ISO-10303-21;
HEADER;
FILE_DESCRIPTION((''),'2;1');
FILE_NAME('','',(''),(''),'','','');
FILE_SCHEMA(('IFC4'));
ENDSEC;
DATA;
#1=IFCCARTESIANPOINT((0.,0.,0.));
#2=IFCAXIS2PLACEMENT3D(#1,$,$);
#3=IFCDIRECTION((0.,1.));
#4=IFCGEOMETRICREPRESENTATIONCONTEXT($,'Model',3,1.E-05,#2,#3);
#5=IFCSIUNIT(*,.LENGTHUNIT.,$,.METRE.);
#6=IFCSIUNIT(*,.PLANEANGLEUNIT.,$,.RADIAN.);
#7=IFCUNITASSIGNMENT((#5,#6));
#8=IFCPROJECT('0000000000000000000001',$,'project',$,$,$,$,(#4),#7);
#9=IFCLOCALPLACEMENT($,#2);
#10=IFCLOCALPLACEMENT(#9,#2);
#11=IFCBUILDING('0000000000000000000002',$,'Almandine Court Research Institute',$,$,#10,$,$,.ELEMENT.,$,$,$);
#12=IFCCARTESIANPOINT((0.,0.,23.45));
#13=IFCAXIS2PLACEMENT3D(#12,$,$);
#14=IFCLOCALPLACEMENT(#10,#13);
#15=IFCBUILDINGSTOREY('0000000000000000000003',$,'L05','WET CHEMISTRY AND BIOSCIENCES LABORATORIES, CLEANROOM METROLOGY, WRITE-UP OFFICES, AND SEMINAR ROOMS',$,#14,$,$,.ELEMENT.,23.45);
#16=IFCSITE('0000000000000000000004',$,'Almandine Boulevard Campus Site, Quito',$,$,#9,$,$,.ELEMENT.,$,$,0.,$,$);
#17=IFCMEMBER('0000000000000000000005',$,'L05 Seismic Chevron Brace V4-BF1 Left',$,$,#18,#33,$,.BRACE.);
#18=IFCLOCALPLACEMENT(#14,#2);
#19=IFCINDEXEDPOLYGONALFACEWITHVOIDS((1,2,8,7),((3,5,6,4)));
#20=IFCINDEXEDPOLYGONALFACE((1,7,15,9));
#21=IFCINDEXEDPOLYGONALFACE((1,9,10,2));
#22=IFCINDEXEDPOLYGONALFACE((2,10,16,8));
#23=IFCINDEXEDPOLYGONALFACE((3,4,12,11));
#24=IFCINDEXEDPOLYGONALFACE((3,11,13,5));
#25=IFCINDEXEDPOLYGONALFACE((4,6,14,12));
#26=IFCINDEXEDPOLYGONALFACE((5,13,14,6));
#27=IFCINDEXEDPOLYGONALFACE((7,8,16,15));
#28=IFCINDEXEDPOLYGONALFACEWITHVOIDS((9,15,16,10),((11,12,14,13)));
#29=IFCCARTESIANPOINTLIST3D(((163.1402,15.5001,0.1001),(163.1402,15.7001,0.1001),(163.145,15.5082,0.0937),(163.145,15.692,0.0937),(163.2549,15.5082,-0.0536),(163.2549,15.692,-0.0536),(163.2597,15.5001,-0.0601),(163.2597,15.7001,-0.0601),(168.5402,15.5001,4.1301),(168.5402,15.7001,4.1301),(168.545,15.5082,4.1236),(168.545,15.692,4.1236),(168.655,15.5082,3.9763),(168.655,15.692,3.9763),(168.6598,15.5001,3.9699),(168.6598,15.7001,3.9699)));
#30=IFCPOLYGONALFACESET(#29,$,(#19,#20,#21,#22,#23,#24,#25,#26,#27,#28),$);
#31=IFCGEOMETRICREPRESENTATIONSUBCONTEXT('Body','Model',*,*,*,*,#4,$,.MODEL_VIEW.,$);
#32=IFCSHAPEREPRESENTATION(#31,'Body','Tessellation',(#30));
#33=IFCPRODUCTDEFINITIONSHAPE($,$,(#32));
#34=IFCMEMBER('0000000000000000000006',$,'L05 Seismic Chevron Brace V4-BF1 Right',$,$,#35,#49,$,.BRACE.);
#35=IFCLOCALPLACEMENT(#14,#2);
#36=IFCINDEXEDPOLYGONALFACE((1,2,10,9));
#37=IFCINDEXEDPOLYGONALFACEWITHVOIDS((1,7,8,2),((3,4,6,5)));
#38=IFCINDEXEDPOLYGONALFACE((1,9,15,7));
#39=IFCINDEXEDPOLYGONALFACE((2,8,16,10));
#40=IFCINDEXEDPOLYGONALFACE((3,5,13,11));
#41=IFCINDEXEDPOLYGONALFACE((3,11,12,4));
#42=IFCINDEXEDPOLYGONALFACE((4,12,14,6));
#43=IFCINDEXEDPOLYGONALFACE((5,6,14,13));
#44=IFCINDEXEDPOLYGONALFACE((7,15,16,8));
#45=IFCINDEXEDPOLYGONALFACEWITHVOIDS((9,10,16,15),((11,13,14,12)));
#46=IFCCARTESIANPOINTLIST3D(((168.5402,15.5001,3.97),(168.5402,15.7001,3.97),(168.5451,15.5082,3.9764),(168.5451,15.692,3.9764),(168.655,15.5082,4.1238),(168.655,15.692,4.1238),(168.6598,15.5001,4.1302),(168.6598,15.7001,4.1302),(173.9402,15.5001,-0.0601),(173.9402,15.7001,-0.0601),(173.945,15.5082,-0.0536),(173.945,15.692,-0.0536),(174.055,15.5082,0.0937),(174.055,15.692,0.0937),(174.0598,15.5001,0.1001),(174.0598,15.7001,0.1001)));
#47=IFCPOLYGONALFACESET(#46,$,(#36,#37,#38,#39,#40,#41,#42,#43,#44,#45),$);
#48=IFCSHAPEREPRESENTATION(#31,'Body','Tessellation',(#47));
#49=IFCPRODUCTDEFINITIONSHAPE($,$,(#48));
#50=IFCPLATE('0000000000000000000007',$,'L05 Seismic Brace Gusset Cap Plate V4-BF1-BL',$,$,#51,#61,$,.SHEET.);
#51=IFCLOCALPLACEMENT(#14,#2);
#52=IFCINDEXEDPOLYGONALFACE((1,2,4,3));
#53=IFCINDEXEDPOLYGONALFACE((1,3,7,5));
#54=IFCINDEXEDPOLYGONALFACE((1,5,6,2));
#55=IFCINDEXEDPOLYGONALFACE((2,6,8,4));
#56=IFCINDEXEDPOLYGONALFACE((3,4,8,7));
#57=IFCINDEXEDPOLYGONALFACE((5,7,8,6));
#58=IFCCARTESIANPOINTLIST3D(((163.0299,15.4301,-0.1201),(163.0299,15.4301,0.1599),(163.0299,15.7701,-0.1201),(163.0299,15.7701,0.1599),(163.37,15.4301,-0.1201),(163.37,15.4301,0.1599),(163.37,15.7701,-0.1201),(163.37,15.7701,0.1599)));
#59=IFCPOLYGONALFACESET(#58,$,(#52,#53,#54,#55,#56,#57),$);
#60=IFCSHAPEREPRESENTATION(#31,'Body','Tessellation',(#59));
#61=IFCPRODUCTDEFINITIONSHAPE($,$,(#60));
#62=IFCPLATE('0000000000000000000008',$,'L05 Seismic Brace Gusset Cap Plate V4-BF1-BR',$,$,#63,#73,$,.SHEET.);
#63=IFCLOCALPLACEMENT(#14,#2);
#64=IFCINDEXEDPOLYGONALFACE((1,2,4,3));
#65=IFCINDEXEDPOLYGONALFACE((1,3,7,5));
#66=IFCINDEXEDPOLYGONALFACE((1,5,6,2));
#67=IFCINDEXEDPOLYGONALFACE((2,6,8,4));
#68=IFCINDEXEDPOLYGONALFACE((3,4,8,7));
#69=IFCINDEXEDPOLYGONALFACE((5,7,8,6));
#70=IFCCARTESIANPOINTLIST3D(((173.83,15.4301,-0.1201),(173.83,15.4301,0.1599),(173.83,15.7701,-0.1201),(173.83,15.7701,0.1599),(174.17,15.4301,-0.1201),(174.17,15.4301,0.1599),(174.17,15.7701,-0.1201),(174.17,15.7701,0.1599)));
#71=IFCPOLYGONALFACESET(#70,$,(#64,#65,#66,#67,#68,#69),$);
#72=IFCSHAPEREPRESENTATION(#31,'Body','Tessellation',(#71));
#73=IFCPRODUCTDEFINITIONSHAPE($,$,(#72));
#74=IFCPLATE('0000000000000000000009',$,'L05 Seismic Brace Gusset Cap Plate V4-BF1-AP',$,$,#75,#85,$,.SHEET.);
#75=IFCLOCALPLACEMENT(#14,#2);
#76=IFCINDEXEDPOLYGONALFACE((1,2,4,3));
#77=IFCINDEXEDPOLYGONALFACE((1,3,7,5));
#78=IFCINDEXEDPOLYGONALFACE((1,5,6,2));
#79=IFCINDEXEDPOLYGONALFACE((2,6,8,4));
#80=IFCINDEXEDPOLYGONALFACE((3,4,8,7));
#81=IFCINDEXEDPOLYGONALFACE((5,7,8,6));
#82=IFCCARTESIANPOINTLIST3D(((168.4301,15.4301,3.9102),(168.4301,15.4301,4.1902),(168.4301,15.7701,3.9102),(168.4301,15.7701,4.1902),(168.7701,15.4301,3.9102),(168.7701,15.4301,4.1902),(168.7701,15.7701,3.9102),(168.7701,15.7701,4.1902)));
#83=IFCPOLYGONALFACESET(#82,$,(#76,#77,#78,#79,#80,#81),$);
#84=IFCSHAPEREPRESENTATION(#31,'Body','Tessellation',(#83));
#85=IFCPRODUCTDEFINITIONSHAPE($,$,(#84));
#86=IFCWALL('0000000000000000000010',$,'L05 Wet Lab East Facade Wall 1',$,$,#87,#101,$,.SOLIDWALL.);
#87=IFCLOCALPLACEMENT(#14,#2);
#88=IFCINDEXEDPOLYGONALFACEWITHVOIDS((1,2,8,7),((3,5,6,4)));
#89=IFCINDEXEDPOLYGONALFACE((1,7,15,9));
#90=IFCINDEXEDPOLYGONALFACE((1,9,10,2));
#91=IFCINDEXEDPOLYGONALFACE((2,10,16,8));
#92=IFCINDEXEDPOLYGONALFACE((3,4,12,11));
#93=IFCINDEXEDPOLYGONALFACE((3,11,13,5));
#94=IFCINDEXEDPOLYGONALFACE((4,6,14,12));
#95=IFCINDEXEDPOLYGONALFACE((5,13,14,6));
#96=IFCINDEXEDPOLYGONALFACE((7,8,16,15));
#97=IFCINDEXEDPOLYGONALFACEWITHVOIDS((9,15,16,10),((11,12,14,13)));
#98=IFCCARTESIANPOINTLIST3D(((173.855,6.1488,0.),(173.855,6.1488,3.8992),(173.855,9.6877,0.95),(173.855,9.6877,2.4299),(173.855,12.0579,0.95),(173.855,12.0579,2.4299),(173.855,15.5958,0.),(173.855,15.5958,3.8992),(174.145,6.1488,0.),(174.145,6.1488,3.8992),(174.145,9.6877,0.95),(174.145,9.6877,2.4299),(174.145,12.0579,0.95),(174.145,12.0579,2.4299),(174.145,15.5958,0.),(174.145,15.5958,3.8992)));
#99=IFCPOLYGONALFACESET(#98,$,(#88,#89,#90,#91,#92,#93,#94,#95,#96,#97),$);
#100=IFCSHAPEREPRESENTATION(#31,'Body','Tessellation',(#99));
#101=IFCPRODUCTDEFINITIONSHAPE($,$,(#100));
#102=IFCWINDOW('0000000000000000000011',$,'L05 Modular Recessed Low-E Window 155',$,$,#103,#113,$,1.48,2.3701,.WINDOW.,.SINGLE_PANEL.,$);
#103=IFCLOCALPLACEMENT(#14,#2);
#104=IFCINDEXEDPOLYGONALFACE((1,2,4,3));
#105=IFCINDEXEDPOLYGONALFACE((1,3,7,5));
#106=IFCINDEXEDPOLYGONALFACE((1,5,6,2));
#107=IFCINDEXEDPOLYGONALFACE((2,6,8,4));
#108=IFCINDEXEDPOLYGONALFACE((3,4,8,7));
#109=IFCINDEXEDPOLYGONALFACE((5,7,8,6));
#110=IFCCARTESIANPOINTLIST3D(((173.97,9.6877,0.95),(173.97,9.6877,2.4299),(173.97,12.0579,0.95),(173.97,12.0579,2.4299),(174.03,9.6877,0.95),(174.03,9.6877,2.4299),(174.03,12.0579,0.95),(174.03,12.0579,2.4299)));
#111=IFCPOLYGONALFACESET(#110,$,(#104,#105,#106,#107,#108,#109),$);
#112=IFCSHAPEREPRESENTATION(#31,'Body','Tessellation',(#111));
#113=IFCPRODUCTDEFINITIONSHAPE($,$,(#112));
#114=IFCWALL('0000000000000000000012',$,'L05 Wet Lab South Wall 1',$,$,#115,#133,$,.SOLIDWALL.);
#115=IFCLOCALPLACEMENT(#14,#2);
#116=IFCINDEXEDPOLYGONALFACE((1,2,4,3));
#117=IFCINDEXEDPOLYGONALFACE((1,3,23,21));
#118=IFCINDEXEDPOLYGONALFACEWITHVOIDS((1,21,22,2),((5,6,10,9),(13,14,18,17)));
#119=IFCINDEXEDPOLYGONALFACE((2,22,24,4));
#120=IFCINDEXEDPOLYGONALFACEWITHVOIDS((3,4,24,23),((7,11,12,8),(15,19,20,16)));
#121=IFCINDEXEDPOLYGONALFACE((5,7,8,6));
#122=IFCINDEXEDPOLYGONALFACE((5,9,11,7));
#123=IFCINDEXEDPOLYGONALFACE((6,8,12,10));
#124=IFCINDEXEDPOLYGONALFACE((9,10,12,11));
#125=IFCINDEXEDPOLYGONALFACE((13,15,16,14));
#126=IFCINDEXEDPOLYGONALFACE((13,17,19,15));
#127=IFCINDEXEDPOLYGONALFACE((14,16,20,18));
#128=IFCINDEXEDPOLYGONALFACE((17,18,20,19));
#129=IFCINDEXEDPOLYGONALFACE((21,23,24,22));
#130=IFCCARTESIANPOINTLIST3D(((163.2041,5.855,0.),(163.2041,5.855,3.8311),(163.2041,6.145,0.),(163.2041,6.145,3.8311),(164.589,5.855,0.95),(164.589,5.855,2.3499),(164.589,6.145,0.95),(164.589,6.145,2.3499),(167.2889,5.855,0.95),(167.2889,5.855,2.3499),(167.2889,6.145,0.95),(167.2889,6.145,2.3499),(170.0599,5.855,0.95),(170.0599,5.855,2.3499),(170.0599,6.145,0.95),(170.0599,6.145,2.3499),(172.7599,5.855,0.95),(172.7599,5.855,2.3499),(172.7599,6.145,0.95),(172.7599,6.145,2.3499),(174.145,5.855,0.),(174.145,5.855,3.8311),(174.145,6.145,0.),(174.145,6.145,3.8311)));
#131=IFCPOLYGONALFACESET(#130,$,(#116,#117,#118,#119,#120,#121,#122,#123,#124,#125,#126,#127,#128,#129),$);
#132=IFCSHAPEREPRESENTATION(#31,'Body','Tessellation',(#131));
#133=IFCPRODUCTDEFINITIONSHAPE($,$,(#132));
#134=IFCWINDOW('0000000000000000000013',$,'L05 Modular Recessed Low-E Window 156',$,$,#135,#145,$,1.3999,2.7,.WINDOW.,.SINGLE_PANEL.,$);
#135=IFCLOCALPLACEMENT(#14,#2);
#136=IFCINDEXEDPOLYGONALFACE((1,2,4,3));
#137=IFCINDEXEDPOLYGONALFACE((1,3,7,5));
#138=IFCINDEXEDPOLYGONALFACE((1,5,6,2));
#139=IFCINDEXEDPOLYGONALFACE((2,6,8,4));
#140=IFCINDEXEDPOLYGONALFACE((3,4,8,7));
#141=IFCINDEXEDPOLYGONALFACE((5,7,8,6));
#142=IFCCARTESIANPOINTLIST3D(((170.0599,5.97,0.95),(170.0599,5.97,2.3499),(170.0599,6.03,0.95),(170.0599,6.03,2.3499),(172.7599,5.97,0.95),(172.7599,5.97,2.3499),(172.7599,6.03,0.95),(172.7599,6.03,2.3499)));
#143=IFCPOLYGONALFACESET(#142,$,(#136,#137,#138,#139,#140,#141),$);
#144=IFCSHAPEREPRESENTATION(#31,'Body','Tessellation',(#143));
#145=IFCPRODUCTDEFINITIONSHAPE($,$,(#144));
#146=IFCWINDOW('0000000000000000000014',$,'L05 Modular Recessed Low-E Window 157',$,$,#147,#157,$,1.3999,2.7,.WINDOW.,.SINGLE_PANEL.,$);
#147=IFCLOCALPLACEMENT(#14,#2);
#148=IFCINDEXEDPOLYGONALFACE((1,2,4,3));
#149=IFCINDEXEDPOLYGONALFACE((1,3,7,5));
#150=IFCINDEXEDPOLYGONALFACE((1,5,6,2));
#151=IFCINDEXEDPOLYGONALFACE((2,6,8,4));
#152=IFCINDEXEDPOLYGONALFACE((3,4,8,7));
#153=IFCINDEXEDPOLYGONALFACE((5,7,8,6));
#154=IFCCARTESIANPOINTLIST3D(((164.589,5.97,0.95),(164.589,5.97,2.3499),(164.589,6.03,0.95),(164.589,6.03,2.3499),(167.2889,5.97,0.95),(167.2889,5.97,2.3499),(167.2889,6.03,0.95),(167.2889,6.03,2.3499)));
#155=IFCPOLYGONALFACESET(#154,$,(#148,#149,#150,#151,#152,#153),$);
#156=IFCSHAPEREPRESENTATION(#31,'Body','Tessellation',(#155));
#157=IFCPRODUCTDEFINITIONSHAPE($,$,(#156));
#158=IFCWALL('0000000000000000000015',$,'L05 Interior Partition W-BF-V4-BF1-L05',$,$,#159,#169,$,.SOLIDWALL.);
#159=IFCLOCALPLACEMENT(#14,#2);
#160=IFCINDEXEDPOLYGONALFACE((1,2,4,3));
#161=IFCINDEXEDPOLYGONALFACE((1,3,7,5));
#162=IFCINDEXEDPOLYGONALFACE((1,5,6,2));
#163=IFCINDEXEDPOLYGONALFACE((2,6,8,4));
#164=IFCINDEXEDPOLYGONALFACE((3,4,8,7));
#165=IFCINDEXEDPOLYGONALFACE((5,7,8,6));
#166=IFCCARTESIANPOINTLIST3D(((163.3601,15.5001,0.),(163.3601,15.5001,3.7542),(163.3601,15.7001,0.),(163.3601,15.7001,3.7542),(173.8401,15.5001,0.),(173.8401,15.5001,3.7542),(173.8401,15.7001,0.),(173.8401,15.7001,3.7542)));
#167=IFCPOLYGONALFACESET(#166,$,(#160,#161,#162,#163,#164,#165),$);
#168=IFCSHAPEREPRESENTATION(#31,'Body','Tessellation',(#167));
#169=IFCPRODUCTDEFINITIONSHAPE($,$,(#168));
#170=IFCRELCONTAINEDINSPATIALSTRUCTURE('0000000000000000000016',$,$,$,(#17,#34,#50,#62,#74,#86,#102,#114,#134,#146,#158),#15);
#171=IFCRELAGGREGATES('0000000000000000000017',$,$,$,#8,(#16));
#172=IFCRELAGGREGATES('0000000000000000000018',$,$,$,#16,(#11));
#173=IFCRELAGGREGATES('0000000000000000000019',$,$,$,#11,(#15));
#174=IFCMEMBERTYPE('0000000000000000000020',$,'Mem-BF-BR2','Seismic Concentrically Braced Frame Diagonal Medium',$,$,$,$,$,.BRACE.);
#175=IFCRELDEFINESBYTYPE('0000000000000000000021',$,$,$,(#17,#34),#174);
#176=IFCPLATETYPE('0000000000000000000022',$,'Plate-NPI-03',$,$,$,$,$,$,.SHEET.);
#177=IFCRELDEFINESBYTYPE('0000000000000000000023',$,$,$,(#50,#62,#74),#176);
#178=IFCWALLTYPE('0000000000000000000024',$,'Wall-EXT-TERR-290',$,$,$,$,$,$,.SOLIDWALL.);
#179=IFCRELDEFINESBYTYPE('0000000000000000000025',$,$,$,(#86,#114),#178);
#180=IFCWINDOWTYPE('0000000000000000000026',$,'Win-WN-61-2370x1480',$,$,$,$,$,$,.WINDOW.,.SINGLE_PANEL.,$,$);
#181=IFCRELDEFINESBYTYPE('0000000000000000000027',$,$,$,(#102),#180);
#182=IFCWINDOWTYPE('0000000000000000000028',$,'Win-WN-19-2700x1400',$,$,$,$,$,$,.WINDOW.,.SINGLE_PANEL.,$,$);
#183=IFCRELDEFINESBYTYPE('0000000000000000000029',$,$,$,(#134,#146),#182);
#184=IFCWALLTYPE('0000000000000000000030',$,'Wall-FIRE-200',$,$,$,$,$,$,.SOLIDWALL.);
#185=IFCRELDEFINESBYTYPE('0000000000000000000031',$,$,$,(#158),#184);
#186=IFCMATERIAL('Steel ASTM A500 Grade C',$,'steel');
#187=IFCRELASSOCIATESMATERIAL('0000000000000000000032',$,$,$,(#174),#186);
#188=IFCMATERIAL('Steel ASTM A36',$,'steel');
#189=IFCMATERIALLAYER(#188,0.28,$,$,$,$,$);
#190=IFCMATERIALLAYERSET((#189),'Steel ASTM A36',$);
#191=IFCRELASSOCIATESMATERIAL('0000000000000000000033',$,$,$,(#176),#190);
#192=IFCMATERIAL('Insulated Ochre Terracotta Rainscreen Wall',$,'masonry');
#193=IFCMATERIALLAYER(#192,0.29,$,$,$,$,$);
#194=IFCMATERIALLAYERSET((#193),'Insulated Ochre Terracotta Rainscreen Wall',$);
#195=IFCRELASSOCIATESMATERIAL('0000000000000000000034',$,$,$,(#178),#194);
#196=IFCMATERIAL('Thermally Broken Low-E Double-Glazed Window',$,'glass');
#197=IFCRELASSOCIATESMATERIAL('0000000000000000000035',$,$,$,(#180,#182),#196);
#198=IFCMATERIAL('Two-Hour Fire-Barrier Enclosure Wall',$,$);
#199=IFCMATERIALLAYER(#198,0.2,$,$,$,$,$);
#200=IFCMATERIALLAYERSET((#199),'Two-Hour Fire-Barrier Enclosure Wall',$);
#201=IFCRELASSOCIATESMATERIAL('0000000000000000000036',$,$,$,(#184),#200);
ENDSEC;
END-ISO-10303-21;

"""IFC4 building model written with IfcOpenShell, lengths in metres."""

from ifc_helpers import new_model, si_unit, direction, frame, frame_2d, origin, origin_2d, place, context, subcontext, project, spatial, rectangle, hollow_rectangle, extrude, material, layer, layer_set, material_profile, profile_set, type_object, element, fill, save


model = new_model("IFC4")

# Units and contexts
model_context = context("Model", 3, precision=1e-05, world=origin(), true_north=direction((0.0, 1.0)))
body_context = subcontext(model_context, "Body", "Model", "MODEL_VIEW")
ifc_project = project(units=[si_unit("LENGTHUNIT", "METRE"), si_unit("PLANEANGLEUNIT", "RADIAN")], contexts=[model_context])

# Site, building, storey
site_placement = place(None, origin())
site = spatial("IfcSite", under=ifc_project, at=site_placement, Name="Almandine Boulevard Campus Site, Quito", CompositionType="ELEMENT", RefElevation=0.0)
building_placement = place(site_placement, origin())
building = spatial("IfcBuilding", under=site, at=building_placement, Name="Almandine Court Research Institute", CompositionType="ELEMENT")
storey_placement = place(building_placement, frame((0.0, 0.0, 23.45)))
storey = spatial("IfcBuildingStorey", under=building, at=storey_placement, Name="L05", Description="WET CHEMISTRY AND BIOSCIENCES LABORATORIES, CLEANROOM METROLOGY, WRITE-UP OFFICES, AND SEMINAR ROOMS", CompositionType="ELEMENT", Elevation=23.45)

# Members
ifc_material_1 = material(Name="Steel ASTM A500 Grade C", Category="steel")
ifc_material_profile_1 = material_profile(ifc_material_1, hollow_rectangle(XDim=0.2, YDim=0.2, WallThickness=0.0081, at=origin_2d()), Name="HSS 200x200x8")
ifc_profile_set_1 = profile_set([ifc_material_profile_1], Name="Steel ASTM A500 Grade C")
member_type = type_object("IfcMemberType", Name="Mem-BF-BR2", Description="Seismic Concentrically Braced Frame Diagonal Medium", PredefinedType="BRACE", material=ifc_profile_set_1)
for number, where, z_axis, x_axis, name in (
    (1, (163.2, 15.6001, 0.02), (0.801428, 0.0, 0.598091), (0.0, 1.0, 0.0), "L05 Seismic Chevron Brace V4-BF1 Left"),
    (2, (174.0, 15.6001, 0.02), (-0.801415, 0.0, 0.598108), (0.0, -1.0, 0.0), "L05 Seismic Chevron Brace V4-BF1 Right"),
):
    element("IfcMember", number, at=place(storey_placement, frame(where, z_axis=z_axis, x_axis=x_axis)), inside=storey, type_object=member_type, Name=name, PredefinedType="BRACE", context=body_context, shape_type="SweptSolid", body=[
        extrude(hollow_rectangle(XDim=0.2, YDim=0.2, WallThickness=0.0081, at=origin_2d()), origin(), (0.0, 0.0, 1.0), 6.738),
    ])

# Plates
ifc_material_2 = material(Name="Steel ASTM A36", Category="steel")
ifc_layer_1 = layer(ifc_material_2, 0.28)
ifc_layer_set_1 = layer_set([ifc_layer_1], Name="Steel ASTM A36")
plate_type = type_object("IfcPlateType", Name="Plate-NPI-03", PredefinedType="SHEET", material=ifc_layer_set_1)
for number, where, z_axis, x_axis, name in (
    (3, (163.2, 15.6001, -0.1201), (0.0, 0.0, 1.0), (1.0, 0.0, 0.0), "L05 Seismic Brace Gusset Cap Plate V4-BF1-BL"),
    (4, (174.0, 15.6001, -0.1201), (0.0, 0.0, 1.0), (1.0, 0.0, 0.0), "L05 Seismic Brace Gusset Cap Plate V4-BF1-BR"),
    (5, (168.6001, 15.6001, 3.9102), (0.0, 0.0, 1.0), (1.0, 0.0, 0.0), "L05 Seismic Brace Gusset Cap Plate V4-BF1-AP"),
):
    element("IfcPlate", number, at=place(storey_placement, frame(where, z_axis=z_axis, x_axis=x_axis)), inside=storey, type_object=plate_type, Name=name, PredefinedType="SHEET", context=body_context, shape_type="SweptSolid", body=[
        extrude(rectangle(XDim=0.3401, YDim=0.3401, at=origin_2d()), origin(), (0.0, 0.0, 1.0), 0.28),
    ])

# Wall, opening, window
ifc_material_3 = material(Name="Insulated Ochre Terracotta Rainscreen Wall", Category="masonry")
ifc_layer_2 = layer(ifc_material_3, 0.29)
ifc_layer_set_2 = layer_set([ifc_layer_2], Name="Insulated Ochre Terracotta Rainscreen Wall")
wall_type_1 = type_object("IfcWallType", Name="Wall-EXT-TERR-290", PredefinedType="SOLIDWALL", material=ifc_layer_set_2)
wall_1_placement = place(storey_placement, frame((174.0, 15.5959, 0.0), z_axis=(0.0, 0.0, 1.0), x_axis=(0.0, -1.0, 0.0)))
wall_1 = element("IfcWall", 6, at=wall_1_placement, inside=storey, type_object=wall_type_1, Name="L05 Wet Lab East Facade Wall 1", PredefinedType="SOLIDWALL", context=body_context, shape_type="SweptSolid", body=[
    extrude(rectangle(XDim=9.447, YDim=0.29, at=frame_2d((4.7236, 0.0))), origin(), (0.0, 0.0, 1.0), 3.8992),
])
opening_1_placement = place(wall_1_placement, frame((3.5381, 0.0, 0.95)))
opening_1 = element("IfcOpeningElement", 7, at=opening_1_placement, cuts=wall_1, PredefinedType="OPENING", context=body_context, shape_type="SweptSolid", body=[
    extrude(rectangle(XDim=2.3701, YDim=1.48, at=frame_2d((1.1851, 0.74))), frame((0.0, 0.155, 0.0), z_axis=(0.0, -1.0, 0.0), x_axis=(1.0, 0.0, 0.0)), (0.0, 0.0, 1.0), 0.3101),
])
ifc_material_4 = material(Name="Thermally Broken Low-E Double-Glazed Window", Category="glass")
window_type_1 = type_object("IfcWindowType", Name="Win-WN-61-2370x1480", PartitioningType="SINGLE_PANEL", PredefinedType="WINDOW", material=ifc_material_4)
window_1_placement = place(opening_1_placement, origin())
window_1 = element("IfcWindow", 8, at=window_1_placement, inside=storey, type_object=window_type_1, Name="L05 Modular Recessed Low-E Window 155", OverallHeight=1.48, OverallWidth=2.3701, PartitioningType="SINGLE_PANEL", PredefinedType="WINDOW", context=body_context, shape_type="SweptSolid", body=[
    extrude(rectangle(XDim=2.3701, YDim=1.48, at=frame_2d((1.1851, 0.74))), frame((0.0, 0.03, 0.0), z_axis=(0.0, -1.0, 0.0), x_axis=(1.0, 0.0, 0.0)), (0.0, 0.0, 1.0), 0.0601),
])
fill(opening_1, window_1)

# Wall, openings, windows
wall_2_placement = place(storey_placement, frame((174.145, 6.0, 0.0), z_axis=(0.0, 0.0, 1.0), x_axis=(-1.0, 0.0, 0.0)))
wall_2 = element("IfcWall", 9, at=wall_2_placement, inside=storey, type_object=wall_type_1, Name="L05 Wet Lab South Wall 1", PredefinedType="SOLIDWALL", context=body_context, shape_type="SweptSolid", body=[
    extrude(rectangle(XDim=10.9409, YDim=0.29, at=frame_2d((5.4705, 0.0))), origin(), (0.0, 0.0, 1.0), 3.8311),
])
opening_2_placement = place(wall_2_placement, frame((1.385, 0.0, 0.95)))
opening_2 = element("IfcOpeningElement", 10, at=opening_2_placement, cuts=wall_2, PredefinedType="OPENING", context=body_context, shape_type="SweptSolid", body=[
    extrude(rectangle(XDim=2.7, YDim=1.3999, at=frame_2d((1.3501, 0.7))), frame((0.0, 0.155, 0.0), z_axis=(0.0, -1.0, 0.0), x_axis=(1.0, 0.0, 0.0)), (0.0, 0.0, 1.0), 0.3101),
])
opening_3_placement = place(wall_2_placement, frame((6.856, 0.0, 0.95)))
opening_3 = element("IfcOpeningElement", 11, at=opening_3_placement, cuts=wall_2, PredefinedType="OPENING", context=body_context, shape_type="SweptSolid", body=[
    extrude(rectangle(XDim=2.7, YDim=1.3999, at=frame_2d((1.3501, 0.7))), frame((0.0, 0.155, 0.0), z_axis=(0.0, -1.0, 0.0), x_axis=(1.0, 0.0, 0.0)), (0.0, 0.0, 1.0), 0.3101),
])
window_type_2 = type_object("IfcWindowType", Name="Win-WN-19-2700x1400", PartitioningType="SINGLE_PANEL", PredefinedType="WINDOW", material=ifc_material_4)
window_2_placement = place(opening_2_placement, origin())
window_2 = element("IfcWindow", 12, at=window_2_placement, inside=storey, type_object=window_type_2, Name="L05 Modular Recessed Low-E Window 156", OverallHeight=1.3999, OverallWidth=2.7, PartitioningType="SINGLE_PANEL", PredefinedType="WINDOW", context=body_context, shape_type="SweptSolid", body=[
    extrude(rectangle(XDim=2.7, YDim=1.3999, at=frame_2d((1.3501, 0.7))), frame((0.0, 0.03, 0.0), z_axis=(0.0, -1.0, 0.0), x_axis=(1.0, 0.0, 0.0)), (0.0, 0.0, 1.0), 0.0601),
])
fill(opening_2, window_2)
window_3_placement = place(opening_3_placement, origin())
window_3 = element("IfcWindow", 13, at=window_3_placement, inside=storey, type_object=window_type_2, Name="L05 Modular Recessed Low-E Window 157", OverallHeight=1.3999, OverallWidth=2.7, PartitioningType="SINGLE_PANEL", PredefinedType="WINDOW", context=body_context, shape_type="SweptSolid", body=[
    extrude(rectangle(XDim=2.7, YDim=1.3999, at=frame_2d((1.3501, 0.7))), frame((0.0, 0.03, 0.0), z_axis=(0.0, -1.0, 0.0), x_axis=(1.0, 0.0, 0.0)), (0.0, 0.0, 1.0), 0.0601),
])
fill(opening_3, window_3)

# Wall
ifc_material_5 = material(Name="Two-Hour Fire-Barrier Enclosure Wall")
ifc_layer_3 = layer(ifc_material_5, 0.2)
ifc_layer_set_3 = layer_set([ifc_layer_3], Name="Two-Hour Fire-Barrier Enclosure Wall")
wall_type_2 = type_object("IfcWallType", Name="Wall-FIRE-200", PredefinedType="SOLIDWALL", material=ifc_layer_set_3)
wall_3_placement = place(storey_placement, frame((163.3601, 15.6001, 0.0), z_axis=(0.0, 0.0, 1.0), x_axis=(1.0, 0.0, 0.0)))
element("IfcWall", 14, at=wall_3_placement, inside=storey, type_object=wall_type_2, Name="L05 Interior Partition W-BF-V4-BF1-L05", PredefinedType="SOLIDWALL", context=body_context, shape_type="SweptSolid", body=[
    extrude(rectangle(XDim=10.48, YDim=0.2, at=frame_2d((5.24, 0.0))), origin(), (0.0, 0.0, 1.0), 3.7542),
])

save(model, "model.ifc")
